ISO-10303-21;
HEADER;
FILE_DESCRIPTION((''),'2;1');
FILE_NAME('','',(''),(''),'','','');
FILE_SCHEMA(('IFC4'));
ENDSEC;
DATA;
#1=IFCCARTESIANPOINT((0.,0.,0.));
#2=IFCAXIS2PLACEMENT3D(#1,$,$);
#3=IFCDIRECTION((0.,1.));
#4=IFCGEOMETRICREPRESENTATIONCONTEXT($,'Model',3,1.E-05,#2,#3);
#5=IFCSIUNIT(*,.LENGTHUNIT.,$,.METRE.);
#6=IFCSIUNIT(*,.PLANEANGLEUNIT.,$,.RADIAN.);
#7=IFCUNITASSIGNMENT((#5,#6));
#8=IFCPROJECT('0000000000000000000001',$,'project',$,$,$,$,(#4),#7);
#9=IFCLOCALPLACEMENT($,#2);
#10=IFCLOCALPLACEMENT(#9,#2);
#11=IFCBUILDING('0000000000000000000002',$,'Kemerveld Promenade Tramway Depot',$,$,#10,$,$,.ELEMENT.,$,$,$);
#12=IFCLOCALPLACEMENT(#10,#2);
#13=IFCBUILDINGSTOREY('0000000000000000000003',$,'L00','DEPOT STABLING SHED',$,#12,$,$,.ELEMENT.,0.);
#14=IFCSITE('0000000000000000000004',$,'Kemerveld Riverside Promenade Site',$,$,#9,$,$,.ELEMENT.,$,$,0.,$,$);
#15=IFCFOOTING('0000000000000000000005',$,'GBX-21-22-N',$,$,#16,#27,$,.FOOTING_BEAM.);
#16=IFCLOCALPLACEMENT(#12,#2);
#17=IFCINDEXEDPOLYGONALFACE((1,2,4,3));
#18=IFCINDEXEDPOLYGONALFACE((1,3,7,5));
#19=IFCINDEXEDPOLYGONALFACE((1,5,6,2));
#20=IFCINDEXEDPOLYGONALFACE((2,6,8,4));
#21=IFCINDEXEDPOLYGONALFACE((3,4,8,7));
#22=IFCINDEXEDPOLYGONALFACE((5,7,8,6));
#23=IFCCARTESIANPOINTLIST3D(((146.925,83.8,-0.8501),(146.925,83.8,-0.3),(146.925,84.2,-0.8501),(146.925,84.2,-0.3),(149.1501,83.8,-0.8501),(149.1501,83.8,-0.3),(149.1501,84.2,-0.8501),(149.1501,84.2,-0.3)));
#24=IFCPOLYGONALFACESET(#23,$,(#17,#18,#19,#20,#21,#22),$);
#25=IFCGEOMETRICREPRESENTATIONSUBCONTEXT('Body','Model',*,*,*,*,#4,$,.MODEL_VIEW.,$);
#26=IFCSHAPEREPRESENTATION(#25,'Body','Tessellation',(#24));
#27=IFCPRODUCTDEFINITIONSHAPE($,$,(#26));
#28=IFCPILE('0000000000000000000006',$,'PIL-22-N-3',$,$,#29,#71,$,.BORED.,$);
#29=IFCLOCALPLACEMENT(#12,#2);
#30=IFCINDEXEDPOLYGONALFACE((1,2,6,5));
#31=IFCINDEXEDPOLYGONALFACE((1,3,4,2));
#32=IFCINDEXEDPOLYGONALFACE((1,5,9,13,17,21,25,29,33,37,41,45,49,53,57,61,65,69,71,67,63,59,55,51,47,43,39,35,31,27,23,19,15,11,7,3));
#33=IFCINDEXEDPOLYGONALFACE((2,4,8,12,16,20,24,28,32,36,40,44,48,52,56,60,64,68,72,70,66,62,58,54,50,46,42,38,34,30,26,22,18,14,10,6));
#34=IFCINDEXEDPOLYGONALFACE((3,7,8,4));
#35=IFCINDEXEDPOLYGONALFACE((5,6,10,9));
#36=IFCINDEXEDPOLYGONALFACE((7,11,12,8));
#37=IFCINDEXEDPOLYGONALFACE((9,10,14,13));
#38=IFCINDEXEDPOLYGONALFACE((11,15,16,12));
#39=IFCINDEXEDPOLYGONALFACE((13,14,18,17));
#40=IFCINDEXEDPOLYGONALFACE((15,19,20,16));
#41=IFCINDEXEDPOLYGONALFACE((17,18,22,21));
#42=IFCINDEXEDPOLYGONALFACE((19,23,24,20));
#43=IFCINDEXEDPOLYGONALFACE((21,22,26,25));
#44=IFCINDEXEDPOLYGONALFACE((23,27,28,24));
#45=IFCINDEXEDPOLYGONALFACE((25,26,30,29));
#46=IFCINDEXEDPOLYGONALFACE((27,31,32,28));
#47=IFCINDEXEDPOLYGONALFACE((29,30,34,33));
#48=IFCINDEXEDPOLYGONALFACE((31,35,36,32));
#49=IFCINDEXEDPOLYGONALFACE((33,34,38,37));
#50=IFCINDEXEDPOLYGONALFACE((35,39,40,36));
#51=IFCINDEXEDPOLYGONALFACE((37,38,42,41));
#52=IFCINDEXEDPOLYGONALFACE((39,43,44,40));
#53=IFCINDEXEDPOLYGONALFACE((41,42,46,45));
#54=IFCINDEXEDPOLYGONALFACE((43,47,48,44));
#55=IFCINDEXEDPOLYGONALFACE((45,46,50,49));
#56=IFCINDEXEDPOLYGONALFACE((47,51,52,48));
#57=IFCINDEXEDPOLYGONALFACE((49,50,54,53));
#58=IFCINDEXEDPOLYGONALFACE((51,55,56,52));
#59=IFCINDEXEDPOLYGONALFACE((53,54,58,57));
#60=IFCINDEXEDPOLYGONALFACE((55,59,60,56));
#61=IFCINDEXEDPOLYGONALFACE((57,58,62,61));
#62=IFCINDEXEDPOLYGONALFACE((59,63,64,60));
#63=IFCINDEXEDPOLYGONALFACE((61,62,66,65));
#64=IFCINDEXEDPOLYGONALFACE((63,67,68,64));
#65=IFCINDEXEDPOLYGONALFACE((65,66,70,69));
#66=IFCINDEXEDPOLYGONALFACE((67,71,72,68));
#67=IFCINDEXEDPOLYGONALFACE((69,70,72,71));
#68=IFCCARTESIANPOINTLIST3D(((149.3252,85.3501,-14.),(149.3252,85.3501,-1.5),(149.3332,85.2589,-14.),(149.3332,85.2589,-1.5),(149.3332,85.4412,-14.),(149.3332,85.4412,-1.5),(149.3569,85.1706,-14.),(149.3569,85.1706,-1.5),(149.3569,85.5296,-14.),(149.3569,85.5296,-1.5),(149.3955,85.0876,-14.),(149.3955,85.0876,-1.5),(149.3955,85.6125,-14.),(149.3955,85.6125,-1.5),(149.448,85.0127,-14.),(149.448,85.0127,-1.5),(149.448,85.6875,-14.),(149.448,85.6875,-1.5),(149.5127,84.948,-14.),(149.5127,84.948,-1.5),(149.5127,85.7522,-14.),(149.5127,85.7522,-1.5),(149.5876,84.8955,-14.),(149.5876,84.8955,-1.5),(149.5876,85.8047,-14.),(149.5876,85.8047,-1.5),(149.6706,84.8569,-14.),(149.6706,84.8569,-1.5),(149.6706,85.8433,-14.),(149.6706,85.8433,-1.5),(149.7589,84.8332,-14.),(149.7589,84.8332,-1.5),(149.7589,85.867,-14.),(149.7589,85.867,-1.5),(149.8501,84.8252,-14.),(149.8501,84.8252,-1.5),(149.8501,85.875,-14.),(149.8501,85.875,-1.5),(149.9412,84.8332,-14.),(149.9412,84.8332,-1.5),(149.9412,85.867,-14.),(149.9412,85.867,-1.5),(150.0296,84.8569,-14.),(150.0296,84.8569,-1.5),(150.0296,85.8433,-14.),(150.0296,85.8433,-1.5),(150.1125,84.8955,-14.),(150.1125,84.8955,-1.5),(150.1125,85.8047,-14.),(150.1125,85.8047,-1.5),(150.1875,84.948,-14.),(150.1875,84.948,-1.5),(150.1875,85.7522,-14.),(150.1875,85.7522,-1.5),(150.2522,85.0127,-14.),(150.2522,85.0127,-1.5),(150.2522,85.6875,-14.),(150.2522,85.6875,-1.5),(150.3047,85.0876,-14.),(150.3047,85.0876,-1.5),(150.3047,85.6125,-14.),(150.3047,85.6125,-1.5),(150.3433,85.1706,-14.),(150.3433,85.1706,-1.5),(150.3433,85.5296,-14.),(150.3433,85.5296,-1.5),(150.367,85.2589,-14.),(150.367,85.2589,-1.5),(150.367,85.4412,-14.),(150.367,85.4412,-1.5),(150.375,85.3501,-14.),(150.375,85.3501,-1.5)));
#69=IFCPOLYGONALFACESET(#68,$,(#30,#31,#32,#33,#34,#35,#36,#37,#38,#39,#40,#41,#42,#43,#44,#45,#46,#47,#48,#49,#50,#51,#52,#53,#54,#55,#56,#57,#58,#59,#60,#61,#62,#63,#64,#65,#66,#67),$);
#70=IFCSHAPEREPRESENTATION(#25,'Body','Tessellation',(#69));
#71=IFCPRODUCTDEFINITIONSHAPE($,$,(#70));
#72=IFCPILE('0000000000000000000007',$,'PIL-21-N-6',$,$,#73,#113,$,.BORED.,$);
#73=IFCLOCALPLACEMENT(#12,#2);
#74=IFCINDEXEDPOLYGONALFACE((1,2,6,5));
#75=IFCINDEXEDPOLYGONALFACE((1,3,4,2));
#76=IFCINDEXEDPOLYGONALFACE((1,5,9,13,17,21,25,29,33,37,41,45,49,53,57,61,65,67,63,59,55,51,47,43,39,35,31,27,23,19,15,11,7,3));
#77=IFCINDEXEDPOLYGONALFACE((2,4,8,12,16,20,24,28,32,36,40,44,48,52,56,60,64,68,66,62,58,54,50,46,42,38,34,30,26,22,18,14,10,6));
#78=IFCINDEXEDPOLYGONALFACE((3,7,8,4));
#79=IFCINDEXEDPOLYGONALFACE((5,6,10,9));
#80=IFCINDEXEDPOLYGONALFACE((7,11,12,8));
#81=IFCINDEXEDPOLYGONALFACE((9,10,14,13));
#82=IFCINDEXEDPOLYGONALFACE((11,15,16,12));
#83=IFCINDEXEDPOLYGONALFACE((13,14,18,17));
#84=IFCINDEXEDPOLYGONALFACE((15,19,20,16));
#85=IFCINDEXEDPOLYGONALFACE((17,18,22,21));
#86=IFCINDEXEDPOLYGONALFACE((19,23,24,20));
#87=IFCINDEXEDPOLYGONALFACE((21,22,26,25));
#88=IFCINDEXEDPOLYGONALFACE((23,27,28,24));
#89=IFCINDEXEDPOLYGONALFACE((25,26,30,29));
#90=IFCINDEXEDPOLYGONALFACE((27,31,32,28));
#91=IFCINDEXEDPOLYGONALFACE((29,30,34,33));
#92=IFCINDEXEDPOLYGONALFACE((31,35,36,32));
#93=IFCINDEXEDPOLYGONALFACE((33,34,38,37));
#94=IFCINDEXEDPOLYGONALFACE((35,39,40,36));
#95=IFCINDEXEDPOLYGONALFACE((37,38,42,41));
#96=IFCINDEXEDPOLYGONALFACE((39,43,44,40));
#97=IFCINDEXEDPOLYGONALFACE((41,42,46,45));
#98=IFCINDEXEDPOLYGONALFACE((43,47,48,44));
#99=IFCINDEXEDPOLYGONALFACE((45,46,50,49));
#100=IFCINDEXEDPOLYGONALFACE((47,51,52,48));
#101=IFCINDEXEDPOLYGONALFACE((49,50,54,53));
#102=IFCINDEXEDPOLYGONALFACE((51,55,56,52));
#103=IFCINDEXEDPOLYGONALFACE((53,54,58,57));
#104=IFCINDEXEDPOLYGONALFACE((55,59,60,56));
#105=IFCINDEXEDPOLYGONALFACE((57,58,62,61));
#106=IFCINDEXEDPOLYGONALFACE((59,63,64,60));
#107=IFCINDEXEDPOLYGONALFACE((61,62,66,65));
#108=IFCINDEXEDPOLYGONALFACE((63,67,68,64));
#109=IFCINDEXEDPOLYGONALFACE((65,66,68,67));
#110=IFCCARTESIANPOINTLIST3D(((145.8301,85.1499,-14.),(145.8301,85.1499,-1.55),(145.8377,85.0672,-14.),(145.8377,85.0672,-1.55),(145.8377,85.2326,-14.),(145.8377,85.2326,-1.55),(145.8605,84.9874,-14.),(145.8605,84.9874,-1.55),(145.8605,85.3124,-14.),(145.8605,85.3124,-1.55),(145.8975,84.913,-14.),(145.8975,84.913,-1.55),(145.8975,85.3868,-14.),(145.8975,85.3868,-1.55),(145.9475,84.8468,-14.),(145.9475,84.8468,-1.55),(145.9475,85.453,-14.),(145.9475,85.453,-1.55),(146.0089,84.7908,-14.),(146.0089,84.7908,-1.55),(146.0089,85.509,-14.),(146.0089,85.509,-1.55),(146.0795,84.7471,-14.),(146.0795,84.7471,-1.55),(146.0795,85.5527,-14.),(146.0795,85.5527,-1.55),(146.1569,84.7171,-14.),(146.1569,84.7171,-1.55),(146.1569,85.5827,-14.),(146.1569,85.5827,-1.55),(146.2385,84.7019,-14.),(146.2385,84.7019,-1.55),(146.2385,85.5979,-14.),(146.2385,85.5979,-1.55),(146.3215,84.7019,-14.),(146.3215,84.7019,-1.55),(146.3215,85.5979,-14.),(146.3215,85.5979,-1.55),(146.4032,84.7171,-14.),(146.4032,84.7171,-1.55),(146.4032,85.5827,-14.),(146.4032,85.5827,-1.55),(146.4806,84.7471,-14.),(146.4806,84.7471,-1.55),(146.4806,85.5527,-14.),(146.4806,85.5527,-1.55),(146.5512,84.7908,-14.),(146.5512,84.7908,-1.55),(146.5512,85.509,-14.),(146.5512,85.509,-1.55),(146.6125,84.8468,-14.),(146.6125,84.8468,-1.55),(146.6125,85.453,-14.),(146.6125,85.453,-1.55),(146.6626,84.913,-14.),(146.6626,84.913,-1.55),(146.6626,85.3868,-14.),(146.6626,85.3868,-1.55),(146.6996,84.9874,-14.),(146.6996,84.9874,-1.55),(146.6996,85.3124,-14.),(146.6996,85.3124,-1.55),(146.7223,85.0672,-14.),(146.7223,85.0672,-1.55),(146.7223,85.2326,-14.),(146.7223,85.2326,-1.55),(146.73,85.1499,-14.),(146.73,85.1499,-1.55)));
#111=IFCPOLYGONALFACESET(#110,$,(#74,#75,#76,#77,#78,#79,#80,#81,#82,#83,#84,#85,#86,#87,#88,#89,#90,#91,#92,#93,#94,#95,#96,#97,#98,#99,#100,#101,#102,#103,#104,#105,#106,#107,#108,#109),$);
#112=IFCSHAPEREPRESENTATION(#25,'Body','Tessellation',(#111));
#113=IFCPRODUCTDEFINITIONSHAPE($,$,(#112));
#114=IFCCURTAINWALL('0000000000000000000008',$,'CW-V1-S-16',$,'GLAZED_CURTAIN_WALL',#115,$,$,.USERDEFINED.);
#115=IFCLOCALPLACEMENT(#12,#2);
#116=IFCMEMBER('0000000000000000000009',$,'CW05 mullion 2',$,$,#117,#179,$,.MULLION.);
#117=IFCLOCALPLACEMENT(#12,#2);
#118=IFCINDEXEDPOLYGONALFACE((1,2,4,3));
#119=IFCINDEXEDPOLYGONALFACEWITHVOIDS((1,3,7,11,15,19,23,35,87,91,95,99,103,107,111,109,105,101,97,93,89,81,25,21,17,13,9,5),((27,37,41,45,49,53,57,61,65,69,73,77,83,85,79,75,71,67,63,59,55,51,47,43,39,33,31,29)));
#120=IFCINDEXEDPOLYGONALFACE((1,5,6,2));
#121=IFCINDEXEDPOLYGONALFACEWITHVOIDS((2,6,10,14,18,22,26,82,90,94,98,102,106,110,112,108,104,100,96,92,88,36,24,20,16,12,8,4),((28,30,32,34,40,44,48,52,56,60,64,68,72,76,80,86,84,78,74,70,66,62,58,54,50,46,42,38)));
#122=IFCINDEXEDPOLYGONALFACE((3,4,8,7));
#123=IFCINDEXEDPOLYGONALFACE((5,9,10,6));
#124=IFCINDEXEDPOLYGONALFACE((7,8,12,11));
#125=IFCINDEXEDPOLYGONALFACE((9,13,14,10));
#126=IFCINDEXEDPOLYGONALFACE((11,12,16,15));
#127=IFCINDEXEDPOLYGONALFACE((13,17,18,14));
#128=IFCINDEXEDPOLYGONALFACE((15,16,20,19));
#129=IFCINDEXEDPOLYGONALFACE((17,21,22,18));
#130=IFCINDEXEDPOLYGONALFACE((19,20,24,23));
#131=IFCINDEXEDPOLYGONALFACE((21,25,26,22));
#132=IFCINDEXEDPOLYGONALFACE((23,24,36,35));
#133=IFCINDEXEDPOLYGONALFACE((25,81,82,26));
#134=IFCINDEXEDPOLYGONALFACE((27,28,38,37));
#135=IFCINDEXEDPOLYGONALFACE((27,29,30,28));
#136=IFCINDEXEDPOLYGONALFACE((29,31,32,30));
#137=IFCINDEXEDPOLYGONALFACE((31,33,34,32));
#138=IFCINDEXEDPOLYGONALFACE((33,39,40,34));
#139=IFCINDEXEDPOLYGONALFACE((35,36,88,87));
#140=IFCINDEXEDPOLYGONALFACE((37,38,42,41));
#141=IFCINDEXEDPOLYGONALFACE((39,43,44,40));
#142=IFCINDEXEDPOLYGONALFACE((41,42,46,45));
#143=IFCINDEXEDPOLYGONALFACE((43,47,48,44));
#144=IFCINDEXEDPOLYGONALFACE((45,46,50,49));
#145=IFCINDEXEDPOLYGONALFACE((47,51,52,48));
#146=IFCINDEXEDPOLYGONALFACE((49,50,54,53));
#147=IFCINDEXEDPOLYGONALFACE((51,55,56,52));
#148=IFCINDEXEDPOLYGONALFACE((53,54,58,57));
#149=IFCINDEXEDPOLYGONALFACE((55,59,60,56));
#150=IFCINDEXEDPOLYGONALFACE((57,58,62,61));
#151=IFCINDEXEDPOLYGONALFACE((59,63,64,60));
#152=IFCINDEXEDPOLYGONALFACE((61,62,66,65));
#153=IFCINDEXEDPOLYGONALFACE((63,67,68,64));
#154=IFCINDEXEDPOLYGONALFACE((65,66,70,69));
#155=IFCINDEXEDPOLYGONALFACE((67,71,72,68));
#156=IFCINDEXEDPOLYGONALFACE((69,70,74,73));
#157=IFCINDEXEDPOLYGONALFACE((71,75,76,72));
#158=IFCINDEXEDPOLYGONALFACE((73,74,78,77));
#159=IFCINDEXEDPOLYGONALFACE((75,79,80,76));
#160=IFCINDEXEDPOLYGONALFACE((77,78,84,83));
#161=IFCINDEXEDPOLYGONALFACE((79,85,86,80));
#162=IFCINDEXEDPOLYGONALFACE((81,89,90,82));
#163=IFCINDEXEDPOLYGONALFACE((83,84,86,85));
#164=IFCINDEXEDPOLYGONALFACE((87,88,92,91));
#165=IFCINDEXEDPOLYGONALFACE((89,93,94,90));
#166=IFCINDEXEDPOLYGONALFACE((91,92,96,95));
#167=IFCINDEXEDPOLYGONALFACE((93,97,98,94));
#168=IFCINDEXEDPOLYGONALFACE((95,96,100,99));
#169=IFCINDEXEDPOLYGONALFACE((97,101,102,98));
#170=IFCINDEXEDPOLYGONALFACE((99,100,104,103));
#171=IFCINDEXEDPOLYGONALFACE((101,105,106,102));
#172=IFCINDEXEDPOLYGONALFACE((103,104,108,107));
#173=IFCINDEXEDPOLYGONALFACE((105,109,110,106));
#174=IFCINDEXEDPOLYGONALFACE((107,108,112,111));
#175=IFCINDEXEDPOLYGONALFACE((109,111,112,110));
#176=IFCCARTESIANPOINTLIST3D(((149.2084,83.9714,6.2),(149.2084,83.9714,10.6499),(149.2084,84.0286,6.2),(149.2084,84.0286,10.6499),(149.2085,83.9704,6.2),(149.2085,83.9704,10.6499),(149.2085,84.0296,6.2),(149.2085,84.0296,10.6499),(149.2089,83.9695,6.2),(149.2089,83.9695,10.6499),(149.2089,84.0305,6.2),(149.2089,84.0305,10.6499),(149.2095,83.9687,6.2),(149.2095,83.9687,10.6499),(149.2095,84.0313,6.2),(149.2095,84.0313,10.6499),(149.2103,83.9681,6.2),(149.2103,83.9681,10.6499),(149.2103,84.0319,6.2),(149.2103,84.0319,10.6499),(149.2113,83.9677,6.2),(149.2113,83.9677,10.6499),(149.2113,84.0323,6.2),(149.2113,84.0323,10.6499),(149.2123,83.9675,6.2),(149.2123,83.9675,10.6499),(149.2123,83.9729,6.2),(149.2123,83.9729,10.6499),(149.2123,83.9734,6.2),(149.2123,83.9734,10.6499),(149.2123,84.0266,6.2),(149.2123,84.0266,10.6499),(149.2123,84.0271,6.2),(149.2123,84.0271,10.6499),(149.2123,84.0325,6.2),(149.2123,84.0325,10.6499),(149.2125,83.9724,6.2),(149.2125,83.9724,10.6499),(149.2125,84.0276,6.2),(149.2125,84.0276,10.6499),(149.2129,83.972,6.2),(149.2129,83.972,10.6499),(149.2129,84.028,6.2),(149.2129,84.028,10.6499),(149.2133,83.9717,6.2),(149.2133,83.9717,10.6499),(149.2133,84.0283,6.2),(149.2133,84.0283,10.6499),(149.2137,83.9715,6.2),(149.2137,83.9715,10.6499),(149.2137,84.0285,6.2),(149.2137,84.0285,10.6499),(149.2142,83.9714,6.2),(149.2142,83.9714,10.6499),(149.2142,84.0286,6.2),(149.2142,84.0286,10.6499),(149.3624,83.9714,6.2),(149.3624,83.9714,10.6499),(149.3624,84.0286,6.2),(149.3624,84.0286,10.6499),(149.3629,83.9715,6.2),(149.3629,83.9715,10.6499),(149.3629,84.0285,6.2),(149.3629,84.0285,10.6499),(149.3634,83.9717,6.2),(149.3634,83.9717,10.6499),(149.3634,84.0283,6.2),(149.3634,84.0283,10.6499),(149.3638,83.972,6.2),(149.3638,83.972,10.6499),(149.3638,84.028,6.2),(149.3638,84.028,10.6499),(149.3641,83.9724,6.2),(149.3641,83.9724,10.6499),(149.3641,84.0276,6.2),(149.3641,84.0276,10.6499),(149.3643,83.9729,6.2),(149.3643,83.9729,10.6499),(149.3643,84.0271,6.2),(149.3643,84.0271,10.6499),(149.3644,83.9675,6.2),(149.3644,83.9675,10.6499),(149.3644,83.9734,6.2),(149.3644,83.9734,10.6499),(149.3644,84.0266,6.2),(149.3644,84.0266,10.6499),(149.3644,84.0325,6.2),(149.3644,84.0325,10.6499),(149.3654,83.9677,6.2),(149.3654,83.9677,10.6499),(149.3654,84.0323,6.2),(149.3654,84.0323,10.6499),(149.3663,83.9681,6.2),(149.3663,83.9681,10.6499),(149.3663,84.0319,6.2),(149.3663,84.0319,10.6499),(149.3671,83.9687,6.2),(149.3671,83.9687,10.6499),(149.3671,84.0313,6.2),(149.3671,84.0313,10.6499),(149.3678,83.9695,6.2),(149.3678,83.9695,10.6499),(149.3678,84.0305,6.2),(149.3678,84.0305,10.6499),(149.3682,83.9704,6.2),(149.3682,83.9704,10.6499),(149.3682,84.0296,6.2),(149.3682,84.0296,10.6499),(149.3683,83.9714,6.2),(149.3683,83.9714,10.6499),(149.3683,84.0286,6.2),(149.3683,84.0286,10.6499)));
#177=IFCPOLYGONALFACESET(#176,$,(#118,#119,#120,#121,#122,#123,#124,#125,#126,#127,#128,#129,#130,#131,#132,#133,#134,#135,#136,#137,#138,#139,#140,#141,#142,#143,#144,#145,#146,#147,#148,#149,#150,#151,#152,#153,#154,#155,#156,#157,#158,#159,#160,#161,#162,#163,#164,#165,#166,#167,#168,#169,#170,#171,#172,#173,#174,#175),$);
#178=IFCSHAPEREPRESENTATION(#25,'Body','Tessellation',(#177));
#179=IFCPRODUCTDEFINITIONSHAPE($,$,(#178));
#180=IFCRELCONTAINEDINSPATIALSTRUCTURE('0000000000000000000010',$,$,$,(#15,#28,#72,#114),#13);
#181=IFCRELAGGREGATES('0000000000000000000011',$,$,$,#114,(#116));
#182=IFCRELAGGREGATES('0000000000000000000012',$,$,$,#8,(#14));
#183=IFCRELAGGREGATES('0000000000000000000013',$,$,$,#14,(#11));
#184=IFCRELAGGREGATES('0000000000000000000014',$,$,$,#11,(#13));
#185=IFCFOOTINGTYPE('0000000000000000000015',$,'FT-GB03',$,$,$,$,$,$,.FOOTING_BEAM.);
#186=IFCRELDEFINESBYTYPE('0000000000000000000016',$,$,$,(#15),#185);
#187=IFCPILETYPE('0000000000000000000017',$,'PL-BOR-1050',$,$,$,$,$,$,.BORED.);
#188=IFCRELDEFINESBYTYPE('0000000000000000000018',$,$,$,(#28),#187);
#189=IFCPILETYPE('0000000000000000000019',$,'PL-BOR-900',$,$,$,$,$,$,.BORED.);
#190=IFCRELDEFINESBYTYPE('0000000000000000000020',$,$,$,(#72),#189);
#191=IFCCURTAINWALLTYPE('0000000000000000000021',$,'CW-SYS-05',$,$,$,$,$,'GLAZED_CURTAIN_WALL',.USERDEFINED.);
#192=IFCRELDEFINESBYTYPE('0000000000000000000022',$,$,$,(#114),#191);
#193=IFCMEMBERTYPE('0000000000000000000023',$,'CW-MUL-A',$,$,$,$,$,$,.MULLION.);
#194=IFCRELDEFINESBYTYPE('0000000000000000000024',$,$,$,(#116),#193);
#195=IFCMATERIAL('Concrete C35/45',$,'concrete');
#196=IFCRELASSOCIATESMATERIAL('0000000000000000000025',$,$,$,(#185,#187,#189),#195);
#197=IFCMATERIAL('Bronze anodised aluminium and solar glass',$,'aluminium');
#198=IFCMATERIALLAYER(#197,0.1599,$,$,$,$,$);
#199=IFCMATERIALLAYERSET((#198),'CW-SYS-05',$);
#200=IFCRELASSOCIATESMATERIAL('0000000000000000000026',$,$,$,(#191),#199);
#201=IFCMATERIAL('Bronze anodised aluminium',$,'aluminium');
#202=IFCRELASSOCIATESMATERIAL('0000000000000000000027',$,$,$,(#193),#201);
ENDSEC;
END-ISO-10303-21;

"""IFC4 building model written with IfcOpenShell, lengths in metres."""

from ifc_helpers import new_model, si_unit, direction, frame, origin, origin_2d, place, context, subcontext, project, spatial, rectangle, hollow_rectangle, circle, extrude, material, layer, layer_set, material_profile, profile_set, type_object, element, aggregate, save


model = new_model("IFC4")

# Units and contexts
model_context = context("Model", 3, precision=1e-05, world=origin(), true_north=direction((0.0, 1.0)))
body_context = subcontext(model_context, "Body", "Model", "MODEL_VIEW")
ifc_project = project(units=[si_unit("LENGTHUNIT", "METRE"), si_unit("PLANEANGLEUNIT", "RADIAN")], contexts=[model_context])

# Site, building, storey
site_placement = place(None, origin())
site = spatial("IfcSite", under=ifc_project, at=site_placement, Name="Kemerveld Riverside Promenade Site", CompositionType="ELEMENT", RefElevation=0.0)
building_placement = place(site_placement, origin())
building = spatial("IfcBuilding", under=site, at=building_placement, Name="Kemerveld Promenade Tramway Depot", CompositionType="ELEMENT")
storey_placement = place(building_placement, origin())
storey = spatial("IfcBuildingStorey", under=building, at=storey_placement, Name="L00", Description="DEPOT STABLING SHED", CompositionType="ELEMENT", Elevation=0.0)

# Footing
ifc_material_1 = material(Name="Concrete C35/45", Category="concrete")
footing_type = type_object("IfcFootingType", Name="FT-GB03", PredefinedType="FOOTING_BEAM", material=ifc_material_1)
footing_placement = place(storey_placement, frame((148.0376, 84.0, -0.8501), z_axis=(0.0, 0.0, 1.0), x_axis=(1.0, 0.0, 0.0)))
element("IfcFooting", 1, at=footing_placement, inside=storey, type_object=footing_type, Name="GBX-21-22-N", PredefinedType="FOOTING_BEAM", context=body_context, shape_type="SweptSolid", body=[
    extrude(rectangle(XDim=2.2251, YDim=0.3999, at=origin_2d()), origin(), (0.0, 0.0, 1.0), 0.55),
])

# Piles
ifc_material_profile_1 = material_profile(ifc_material_1, circle(Radius=0.5249, at=origin_2d()), Name="PILE-D1050")
ifc_profile_set_1 = profile_set([ifc_material_profile_1], Name="Concrete C35/45")
pile_type_1 = type_object("IfcPileType", Name="PL-BOR-1050", PredefinedType="BORED", material=ifc_profile_set_1)
pile_1_placement = place(storey_placement, frame((149.8501, 85.3501, -1.5), z_axis=(0.0, 0.0, -1.0), x_axis=(1.0, 0.0, 0.0)))
element("IfcPile", 2, at=pile_1_placement, inside=storey, type_object=pile_type_1, Name="PIL-22-N-3", PredefinedType="BORED", context=body_context, shape_type="SweptSolid", body=[
    extrude(circle(Radius=0.5249, at=origin_2d()), origin(), (0.0, 0.0, 1.0), 12.5),
])
ifc_material_profile_2 = material_profile(ifc_material_1, circle(Radius=0.45, at=origin_2d()), Name="PILE-D900")
ifc_profile_set_2 = profile_set([ifc_material_profile_2], Name="Concrete C35/45")
pile_type_2 = type_object("IfcPileType", Name="PL-BOR-900", PredefinedType="BORED", material=ifc_profile_set_2)
pile_2_placement = place(storey_placement, frame((146.28, 85.1499, -1.55), z_axis=(0.0, 0.0, -1.0), x_axis=(1.0, 0.0, 0.0)))
element("IfcPile", 3, at=pile_2_placement, inside=storey, type_object=pile_type_2, Name="PIL-21-N-6", PredefinedType="BORED", context=body_context, shape_type="SweptSolid", body=[
    extrude(circle(Radius=0.45, at=origin_2d()), origin(), (0.0, 0.0, 1.0), 12.45),
])

# Curtain wall, member
ifc_material_2 = material(Name="Bronze anodised aluminium and solar glass", Category="aluminium")
ifc_layer_1 = layer(ifc_material_2, 0.1599)
ifc_layer_set_1 = layer_set([ifc_layer_1], Name="CW-SYS-05")
curtain_wall_type = type_object("IfcCurtainWallType", Name="CW-SYS-05", ElementType="GLAZED_CURTAIN_WALL", PredefinedType="USERDEFINED", material=ifc_layer_set_1)
curtain_wall_placement = place(storey_placement, origin())
curtain_wall = element("IfcCurtainWall", 4, at=curtain_wall_placement, inside=storey, type_object=curtain_wall_type, Name="CW-V1-S-16", ObjectType="GLAZED_CURTAIN_WALL", PredefinedType="USERDEFINED")
ifc_material_3 = material(Name="Bronze anodised aluminium", Category="aluminium")
ifc_material_profile_3 = material_profile(ifc_material_3, hollow_rectangle(XDim=0.0649, YDim=0.1599, WallThickness=0.0039, InnerFilletRadius=0.002, OuterFilletRadius=0.0039, at=origin_2d()), Name="CW-MUL-160x65")
ifc_profile_set_3 = profile_set([ifc_material_profile_3], Name="Bronze anodised aluminium")
member_type_1 = type_object("IfcMemberType", Name="CW-MUL-A", PredefinedType="MULLION", material=ifc_profile_set_3)
member_1_placement = place(storey_placement, frame((149.2883, 84.0, 6.2), z_axis=(0.0, 0.0, 1.0), x_axis=(0.0, -1.0, 0.0)))
member_1 = element("IfcMember", 5, at=member_1_placement, type_object=member_type_1, Name="CW05 mullion 2", PredefinedType="MULLION", context=body_context, shape_type="SweptSolid", body=[
    extrude(hollow_rectangle(XDim=0.0649, YDim=0.1599, WallThickness=0.0039, InnerFilletRadius=0.002, OuterFilletRadius=0.0039, at=origin_2d()), origin(), (0.0, 0.0, 1.0), 4.45),
])

aggregate(curtain_wall, [member_1])

save(model, "model.ifc")
